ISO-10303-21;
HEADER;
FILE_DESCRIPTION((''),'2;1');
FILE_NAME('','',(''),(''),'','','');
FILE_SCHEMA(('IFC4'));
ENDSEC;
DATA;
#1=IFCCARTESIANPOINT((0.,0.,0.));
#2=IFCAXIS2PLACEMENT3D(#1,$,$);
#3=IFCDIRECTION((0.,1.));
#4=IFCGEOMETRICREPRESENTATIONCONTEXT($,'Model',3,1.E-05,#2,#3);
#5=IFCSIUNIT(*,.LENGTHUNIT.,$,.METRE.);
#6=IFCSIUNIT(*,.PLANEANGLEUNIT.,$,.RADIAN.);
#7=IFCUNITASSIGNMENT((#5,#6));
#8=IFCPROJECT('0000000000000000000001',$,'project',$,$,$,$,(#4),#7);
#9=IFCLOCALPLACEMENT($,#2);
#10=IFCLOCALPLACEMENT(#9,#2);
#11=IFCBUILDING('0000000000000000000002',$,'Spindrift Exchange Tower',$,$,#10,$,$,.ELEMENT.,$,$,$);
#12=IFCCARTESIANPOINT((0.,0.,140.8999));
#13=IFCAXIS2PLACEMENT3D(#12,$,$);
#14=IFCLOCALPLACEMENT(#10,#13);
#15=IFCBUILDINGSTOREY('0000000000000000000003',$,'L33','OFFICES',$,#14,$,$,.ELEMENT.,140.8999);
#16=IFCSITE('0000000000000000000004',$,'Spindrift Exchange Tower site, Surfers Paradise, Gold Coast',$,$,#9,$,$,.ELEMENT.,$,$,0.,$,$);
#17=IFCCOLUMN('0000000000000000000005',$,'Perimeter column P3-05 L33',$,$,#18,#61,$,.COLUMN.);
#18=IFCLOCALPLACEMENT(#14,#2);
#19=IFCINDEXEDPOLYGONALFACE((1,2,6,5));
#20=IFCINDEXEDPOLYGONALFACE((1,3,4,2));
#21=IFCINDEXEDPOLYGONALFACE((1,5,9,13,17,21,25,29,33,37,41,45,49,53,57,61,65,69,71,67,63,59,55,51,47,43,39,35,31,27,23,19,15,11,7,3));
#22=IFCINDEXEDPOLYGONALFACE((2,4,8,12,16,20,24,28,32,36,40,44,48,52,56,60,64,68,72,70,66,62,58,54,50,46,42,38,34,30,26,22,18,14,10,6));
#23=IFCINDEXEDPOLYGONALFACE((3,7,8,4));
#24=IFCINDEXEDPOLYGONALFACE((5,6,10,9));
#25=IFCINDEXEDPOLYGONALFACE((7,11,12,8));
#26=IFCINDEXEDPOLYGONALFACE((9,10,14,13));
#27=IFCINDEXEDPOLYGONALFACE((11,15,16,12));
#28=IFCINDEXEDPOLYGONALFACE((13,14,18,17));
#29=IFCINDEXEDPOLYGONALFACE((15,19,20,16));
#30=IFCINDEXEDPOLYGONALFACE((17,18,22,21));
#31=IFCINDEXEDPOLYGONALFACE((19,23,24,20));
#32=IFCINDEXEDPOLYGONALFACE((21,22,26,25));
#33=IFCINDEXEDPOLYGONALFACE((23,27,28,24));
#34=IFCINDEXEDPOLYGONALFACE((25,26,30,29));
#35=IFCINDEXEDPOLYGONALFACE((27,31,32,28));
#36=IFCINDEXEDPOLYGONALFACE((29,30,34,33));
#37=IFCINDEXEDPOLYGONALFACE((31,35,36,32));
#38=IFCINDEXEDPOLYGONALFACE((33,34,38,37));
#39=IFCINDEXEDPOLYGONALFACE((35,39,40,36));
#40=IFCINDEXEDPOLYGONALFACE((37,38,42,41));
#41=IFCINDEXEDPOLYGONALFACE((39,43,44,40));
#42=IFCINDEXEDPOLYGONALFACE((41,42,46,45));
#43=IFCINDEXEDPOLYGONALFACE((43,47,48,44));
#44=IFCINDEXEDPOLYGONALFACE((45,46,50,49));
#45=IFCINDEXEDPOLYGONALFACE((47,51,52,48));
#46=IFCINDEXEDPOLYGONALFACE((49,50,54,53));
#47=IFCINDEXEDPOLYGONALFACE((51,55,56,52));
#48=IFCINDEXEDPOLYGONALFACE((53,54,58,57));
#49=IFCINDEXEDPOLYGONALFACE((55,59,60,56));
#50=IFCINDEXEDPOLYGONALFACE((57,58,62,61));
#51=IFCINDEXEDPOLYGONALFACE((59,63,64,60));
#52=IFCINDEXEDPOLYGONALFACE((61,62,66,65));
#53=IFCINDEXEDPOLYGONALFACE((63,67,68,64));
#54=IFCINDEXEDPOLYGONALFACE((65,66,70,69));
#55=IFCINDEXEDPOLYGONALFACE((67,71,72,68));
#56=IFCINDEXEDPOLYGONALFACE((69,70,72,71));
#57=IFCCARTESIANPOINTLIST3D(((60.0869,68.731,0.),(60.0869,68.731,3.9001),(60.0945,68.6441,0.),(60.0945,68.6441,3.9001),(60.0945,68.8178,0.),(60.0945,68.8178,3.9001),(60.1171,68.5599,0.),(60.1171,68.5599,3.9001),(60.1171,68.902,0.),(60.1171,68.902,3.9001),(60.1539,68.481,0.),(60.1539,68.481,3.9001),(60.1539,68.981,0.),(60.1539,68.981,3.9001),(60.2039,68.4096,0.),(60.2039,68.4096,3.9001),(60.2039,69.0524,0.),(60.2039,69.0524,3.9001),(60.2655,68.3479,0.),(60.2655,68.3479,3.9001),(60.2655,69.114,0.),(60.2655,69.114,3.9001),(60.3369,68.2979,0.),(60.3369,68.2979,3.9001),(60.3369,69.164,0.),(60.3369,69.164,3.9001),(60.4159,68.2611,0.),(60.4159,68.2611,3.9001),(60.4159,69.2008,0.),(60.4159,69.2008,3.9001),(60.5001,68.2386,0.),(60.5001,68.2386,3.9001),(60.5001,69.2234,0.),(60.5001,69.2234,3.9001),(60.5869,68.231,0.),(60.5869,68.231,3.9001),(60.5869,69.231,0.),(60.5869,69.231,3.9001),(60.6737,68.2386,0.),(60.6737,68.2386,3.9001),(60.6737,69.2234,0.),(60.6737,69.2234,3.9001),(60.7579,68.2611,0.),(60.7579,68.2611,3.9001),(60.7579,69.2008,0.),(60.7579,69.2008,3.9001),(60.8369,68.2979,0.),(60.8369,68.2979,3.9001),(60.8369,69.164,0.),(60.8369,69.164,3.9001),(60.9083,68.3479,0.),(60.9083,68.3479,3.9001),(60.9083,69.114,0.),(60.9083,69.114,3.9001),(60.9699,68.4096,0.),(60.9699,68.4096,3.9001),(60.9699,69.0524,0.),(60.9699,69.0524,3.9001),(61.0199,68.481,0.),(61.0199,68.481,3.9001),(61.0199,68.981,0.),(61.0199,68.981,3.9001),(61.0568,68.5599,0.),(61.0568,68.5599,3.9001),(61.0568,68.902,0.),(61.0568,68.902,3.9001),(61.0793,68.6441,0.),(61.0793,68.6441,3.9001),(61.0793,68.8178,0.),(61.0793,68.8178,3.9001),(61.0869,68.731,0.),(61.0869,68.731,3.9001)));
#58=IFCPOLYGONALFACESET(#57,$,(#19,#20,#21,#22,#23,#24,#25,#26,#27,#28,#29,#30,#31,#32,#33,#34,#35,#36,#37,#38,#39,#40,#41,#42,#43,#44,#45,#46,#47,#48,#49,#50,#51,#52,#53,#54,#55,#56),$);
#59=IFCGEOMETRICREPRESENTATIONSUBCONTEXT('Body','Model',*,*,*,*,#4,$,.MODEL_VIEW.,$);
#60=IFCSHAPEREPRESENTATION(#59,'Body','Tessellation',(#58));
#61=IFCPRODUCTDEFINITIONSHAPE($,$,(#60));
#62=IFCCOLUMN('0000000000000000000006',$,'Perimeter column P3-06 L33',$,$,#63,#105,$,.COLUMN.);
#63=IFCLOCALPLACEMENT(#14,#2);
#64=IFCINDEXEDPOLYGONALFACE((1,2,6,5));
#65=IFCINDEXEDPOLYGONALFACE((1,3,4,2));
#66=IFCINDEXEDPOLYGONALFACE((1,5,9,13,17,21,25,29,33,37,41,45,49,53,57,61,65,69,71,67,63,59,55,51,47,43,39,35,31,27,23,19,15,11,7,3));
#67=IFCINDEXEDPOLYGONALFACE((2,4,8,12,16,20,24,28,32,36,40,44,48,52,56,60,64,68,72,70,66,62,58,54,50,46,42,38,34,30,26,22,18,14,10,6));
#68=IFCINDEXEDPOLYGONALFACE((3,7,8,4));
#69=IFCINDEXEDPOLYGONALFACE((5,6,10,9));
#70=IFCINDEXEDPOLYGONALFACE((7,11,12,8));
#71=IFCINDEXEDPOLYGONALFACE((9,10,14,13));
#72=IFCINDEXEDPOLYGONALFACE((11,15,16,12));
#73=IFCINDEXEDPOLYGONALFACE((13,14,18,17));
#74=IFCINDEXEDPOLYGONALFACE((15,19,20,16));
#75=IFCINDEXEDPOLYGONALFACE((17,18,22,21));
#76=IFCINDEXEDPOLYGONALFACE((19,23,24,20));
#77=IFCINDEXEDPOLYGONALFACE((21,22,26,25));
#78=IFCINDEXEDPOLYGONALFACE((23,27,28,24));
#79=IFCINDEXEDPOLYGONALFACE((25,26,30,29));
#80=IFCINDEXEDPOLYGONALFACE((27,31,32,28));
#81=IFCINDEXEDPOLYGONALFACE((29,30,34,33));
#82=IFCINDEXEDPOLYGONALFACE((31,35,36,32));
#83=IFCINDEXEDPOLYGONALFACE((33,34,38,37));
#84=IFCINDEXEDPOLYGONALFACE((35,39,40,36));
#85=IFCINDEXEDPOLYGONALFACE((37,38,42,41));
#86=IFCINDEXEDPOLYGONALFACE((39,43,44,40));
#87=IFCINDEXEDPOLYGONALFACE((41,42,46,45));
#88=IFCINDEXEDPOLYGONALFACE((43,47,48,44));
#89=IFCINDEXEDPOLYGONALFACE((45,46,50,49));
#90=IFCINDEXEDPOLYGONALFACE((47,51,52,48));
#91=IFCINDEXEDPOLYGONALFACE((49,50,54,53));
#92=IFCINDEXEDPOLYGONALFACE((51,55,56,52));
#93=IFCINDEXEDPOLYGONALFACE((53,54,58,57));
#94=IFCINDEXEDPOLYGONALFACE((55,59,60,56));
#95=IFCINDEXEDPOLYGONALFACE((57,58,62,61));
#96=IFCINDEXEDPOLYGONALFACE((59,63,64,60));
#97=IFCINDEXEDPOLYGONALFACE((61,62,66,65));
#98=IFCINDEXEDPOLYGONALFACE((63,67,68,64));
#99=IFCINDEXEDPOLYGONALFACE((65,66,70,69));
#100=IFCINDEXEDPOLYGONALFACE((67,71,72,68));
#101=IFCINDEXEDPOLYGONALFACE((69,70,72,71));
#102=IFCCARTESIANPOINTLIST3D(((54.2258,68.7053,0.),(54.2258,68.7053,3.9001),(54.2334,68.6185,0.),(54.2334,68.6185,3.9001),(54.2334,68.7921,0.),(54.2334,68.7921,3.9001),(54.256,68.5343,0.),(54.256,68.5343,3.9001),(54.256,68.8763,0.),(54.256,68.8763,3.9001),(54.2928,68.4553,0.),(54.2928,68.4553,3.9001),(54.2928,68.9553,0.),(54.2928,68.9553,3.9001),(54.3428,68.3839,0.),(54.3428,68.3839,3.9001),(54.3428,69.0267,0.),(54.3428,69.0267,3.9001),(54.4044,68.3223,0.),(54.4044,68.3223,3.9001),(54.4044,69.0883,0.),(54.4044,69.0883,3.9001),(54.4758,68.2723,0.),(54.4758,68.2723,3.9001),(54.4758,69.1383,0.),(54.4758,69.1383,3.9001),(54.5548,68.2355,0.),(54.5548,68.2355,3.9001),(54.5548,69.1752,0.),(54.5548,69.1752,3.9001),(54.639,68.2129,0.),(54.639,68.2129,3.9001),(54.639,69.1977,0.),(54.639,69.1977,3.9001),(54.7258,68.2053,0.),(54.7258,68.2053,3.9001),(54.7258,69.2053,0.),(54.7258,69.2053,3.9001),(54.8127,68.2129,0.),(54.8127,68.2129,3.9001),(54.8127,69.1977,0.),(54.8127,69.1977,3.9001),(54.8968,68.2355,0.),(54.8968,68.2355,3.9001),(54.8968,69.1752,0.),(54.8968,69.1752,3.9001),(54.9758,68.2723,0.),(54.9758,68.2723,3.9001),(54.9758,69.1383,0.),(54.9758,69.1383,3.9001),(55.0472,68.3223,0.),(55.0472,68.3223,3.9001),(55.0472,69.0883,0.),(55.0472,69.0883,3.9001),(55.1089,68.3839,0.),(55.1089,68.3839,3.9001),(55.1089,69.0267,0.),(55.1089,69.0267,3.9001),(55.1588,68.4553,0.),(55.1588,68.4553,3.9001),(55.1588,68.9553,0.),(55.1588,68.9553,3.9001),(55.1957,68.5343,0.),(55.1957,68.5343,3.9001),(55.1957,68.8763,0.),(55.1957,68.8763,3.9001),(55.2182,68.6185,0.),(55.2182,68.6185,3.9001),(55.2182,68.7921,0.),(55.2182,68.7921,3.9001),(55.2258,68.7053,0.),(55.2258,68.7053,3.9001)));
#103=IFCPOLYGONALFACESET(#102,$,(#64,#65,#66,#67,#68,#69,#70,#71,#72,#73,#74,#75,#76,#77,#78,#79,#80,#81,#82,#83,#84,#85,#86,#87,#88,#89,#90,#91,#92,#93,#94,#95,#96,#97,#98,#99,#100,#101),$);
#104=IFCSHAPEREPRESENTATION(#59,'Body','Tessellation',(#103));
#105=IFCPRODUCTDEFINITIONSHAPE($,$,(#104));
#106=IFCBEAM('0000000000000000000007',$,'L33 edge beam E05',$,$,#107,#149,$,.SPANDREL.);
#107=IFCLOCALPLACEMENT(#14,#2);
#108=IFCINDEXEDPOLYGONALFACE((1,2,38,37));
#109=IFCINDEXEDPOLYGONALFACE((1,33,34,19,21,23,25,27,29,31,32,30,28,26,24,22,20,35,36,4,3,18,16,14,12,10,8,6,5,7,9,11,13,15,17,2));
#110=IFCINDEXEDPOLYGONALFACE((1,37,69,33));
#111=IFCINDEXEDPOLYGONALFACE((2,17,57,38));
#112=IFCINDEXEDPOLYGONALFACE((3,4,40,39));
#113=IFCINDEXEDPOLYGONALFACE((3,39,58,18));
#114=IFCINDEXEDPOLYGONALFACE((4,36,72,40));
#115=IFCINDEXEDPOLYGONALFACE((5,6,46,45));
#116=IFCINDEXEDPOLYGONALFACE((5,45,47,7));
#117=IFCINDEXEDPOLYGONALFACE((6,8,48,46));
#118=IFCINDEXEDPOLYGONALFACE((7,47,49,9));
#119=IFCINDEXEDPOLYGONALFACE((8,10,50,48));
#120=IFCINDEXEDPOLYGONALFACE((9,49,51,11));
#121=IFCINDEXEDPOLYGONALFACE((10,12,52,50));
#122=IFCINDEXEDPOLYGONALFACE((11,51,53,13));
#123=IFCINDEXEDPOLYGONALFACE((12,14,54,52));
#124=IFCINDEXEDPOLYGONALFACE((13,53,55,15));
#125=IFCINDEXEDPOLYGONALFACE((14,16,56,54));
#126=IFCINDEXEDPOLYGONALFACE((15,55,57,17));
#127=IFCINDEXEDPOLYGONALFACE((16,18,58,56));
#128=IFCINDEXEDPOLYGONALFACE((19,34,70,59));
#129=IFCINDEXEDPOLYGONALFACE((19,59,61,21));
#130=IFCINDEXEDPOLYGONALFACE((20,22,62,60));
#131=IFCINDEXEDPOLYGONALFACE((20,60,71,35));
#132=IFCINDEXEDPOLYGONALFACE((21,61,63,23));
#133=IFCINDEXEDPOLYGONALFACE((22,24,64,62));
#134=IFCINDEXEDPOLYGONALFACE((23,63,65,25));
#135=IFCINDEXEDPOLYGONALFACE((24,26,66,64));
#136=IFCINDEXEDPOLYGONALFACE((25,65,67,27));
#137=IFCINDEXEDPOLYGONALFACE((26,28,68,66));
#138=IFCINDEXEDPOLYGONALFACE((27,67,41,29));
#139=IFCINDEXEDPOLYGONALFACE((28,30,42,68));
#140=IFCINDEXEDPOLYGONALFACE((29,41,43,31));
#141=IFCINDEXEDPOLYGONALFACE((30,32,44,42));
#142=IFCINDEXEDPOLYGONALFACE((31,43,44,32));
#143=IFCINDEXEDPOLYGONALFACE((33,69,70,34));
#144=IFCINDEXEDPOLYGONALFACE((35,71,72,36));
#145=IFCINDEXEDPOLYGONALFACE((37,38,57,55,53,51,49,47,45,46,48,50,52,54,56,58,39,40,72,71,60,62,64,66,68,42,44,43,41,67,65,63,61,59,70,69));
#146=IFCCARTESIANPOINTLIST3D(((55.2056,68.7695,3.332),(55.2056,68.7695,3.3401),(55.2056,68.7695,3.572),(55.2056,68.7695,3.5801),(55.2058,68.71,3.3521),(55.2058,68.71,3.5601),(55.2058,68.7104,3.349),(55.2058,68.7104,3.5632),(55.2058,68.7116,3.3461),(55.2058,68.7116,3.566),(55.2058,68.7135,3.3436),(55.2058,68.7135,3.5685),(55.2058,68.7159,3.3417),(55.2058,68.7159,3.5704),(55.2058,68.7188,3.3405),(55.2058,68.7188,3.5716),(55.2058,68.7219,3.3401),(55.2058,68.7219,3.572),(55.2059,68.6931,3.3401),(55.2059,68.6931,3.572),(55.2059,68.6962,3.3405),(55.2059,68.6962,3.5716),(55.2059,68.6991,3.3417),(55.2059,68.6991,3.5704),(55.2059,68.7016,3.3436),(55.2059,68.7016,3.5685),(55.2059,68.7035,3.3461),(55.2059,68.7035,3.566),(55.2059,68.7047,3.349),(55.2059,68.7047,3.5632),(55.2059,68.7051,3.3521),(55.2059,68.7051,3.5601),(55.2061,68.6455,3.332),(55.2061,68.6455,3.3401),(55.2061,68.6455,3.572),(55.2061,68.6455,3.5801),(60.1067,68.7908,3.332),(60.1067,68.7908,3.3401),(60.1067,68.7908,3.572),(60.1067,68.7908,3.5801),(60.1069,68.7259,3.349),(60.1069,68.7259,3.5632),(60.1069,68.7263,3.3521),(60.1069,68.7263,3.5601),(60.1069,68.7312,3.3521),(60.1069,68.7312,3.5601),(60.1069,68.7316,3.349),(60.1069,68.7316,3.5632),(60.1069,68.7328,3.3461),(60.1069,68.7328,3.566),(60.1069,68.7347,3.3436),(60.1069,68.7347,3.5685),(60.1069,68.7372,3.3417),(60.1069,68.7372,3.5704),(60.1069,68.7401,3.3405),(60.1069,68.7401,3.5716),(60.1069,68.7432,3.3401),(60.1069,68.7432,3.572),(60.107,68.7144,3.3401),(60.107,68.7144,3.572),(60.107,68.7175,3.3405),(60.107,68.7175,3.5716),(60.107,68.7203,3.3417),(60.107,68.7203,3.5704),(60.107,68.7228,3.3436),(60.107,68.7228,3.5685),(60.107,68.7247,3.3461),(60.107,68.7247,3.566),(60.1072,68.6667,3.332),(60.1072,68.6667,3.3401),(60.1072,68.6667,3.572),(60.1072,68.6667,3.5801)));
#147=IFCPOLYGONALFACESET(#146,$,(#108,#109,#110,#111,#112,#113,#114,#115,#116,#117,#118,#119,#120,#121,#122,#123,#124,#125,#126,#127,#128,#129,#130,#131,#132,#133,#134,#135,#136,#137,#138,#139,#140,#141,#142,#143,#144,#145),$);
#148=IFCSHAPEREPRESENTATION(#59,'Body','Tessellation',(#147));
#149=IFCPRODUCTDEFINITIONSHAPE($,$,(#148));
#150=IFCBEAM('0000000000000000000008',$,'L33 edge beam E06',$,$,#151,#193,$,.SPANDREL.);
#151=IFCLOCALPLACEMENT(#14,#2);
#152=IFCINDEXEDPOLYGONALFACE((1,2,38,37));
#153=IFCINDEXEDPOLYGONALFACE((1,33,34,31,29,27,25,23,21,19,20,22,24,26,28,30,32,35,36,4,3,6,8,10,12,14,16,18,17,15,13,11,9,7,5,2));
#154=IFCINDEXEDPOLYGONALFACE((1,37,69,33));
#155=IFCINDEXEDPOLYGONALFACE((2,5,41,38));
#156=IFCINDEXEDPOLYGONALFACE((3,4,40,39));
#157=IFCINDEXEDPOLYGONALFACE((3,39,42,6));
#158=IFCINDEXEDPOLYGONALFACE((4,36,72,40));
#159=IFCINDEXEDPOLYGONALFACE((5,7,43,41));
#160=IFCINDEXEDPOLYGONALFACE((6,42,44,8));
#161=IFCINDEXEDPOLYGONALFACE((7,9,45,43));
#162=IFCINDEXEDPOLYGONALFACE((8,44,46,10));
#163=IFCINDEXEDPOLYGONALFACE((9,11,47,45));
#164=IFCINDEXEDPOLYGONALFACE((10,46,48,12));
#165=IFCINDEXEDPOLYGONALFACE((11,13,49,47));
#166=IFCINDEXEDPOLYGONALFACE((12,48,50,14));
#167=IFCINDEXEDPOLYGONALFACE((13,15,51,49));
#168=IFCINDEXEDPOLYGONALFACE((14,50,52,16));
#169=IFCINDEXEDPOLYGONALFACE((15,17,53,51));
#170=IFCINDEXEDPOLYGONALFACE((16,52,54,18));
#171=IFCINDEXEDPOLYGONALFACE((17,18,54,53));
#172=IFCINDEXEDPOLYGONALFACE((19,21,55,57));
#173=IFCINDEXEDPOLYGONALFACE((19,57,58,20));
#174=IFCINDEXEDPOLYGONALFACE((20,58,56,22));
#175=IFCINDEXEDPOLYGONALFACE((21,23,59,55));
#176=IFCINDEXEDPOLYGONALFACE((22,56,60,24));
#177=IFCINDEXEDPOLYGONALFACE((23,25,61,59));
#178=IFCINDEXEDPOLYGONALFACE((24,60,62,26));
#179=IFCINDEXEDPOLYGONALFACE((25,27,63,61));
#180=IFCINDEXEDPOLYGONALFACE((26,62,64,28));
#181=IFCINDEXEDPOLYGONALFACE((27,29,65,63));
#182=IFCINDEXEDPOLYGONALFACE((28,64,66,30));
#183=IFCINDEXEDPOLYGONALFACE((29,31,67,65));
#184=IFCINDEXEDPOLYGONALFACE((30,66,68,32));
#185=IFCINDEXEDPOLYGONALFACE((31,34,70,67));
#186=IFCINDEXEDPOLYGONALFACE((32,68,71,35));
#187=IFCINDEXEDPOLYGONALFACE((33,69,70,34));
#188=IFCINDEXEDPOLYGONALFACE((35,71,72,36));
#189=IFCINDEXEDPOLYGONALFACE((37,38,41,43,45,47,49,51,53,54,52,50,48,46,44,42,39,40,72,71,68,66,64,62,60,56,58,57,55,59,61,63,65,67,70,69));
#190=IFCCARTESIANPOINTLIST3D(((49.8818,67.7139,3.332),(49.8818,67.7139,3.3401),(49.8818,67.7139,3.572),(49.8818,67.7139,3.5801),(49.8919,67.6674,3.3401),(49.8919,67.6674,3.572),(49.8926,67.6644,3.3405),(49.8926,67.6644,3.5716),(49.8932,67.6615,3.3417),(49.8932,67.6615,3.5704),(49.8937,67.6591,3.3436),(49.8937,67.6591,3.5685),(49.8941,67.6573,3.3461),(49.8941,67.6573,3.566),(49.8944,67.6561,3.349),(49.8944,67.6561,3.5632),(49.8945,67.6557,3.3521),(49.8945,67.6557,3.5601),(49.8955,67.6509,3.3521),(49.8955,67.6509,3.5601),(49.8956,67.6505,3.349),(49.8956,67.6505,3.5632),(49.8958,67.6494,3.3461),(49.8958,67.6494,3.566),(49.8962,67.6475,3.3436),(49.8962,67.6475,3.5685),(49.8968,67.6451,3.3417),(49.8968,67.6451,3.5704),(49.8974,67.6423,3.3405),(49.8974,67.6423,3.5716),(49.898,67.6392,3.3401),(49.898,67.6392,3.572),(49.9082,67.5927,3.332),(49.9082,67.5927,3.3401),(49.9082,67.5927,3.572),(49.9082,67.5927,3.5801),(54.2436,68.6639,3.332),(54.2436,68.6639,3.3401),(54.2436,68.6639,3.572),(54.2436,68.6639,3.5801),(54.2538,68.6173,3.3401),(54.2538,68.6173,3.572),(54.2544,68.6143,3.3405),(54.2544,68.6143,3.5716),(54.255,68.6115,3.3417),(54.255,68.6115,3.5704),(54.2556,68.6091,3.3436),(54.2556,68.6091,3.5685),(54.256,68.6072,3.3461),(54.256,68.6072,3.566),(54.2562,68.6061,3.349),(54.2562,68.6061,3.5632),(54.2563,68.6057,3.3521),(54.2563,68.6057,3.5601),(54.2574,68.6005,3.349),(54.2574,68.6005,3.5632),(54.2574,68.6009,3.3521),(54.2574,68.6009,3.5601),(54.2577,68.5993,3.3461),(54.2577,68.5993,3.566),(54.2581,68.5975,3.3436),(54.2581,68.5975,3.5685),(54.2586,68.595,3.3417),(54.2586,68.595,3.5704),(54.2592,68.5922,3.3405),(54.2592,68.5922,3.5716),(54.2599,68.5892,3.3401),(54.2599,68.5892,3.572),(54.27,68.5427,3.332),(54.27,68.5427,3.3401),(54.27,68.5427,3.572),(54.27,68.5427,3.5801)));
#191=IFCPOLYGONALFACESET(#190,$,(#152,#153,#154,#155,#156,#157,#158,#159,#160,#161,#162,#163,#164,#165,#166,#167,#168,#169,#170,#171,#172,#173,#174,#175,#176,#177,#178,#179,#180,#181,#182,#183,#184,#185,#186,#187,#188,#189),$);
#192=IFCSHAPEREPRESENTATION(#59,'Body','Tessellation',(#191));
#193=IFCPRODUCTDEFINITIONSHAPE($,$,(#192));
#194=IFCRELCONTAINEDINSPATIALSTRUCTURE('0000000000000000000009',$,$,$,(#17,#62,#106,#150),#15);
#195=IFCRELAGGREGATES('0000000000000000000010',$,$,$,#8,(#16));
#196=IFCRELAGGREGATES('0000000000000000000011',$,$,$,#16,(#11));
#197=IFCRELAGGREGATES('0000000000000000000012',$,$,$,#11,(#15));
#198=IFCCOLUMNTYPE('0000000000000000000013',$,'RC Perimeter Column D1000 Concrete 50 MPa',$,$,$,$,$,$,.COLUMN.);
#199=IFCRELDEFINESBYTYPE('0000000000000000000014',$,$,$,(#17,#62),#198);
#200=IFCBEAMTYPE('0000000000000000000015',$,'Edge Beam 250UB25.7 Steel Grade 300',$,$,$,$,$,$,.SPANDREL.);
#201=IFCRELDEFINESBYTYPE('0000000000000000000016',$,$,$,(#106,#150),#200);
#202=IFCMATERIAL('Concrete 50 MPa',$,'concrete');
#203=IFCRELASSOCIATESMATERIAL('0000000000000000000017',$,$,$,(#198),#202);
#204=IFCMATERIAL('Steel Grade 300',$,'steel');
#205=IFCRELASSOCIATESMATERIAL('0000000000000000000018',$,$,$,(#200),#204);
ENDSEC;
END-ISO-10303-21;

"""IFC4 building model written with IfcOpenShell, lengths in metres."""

from ifc_helpers import new_model, si_unit, direction, frame, origin, origin_2d, place, context, subcontext, project, spatial, circle, i_section, extrude, source, transform, mapped, material, material_profile, profile_set, type_object, element, save


model = new_model("IFC4")

# Units and contexts
model_context = context("Model", 3, precision=1e-05, world=origin(), true_north=direction((0.0, 1.0)))
body_context = subcontext(model_context, "Body", "Model", "MODEL_VIEW")
ifc_project = project(units=[si_unit("LENGTHUNIT", "METRE"), si_unit("PLANEANGLEUNIT", "RADIAN")], contexts=[model_context])

# Site, building, storey
site_placement = place(None, origin())
site = spatial("IfcSite", under=ifc_project, at=site_placement, Name="Spindrift Exchange Tower site, Surfers Paradise, Gold Coast", CompositionType="ELEMENT", RefElevation=0.0)
building_placement = place(site_placement, origin())
building = spatial("IfcBuilding", under=site, at=building_placement, Name="Spindrift Exchange Tower", CompositionType="ELEMENT")
storey_placement = place(building_placement, frame((0.0, 0.0, 140.8999)))
storey = spatial("IfcBuildingStorey", under=building, at=storey_placement, Name="L33", Description="OFFICES", CompositionType="ELEMENT", Elevation=140.8999)

# Columns
ifc_material_1 = material(Name="Concrete 50 MPa", Category="concrete")
ifc_material_profile_1 = material_profile(ifc_material_1, circle(Radius=0.5, at=origin_2d()), Name="RC D1000")
ifc_profile_set_1 = profile_set([ifc_material_profile_1], Name="Concrete 50 MPa")
column_type = type_object("IfcColumnType", Name="RC Perimeter Column D1000 Concrete 50 MPa", PredefinedType="COLUMN", material=ifc_profile_set_1)
shared_shape_1 = source(origin(), body_context, "Body", "SweptSolid", [
    extrude(circle(Radius=0.5, at=origin_2d()), origin(), (0.0, 0.0, 1.0), 3.9001),
])
for number, where, z_axis, x_axis, name in (
    (1, (60.5869, 68.731, 0.0), (0.0, 0.0, 1.0), (1.0, 0.0, 0.0), "Perimeter column P3-05 L33"),
    (2, (54.7258, 68.7053, 0.0), (0.0, 0.0, 1.0), (1.0, 0.0, 0.0), "Perimeter column P3-06 L33"),
):
    element("IfcColumn", number, at=place(storey_placement, frame(where, z_axis=z_axis, x_axis=x_axis)), inside=storey, type_object=column_type, Name=name, PredefinedType="COLUMN", context=body_context, shape_type="MappedRepresentation", body=[
        mapped(shared_shape_1, transform((0.0, 0.0, 0.0), scale=1.0)),
    ])

# Beams
ifc_material_2 = material(Name="Steel Grade 300", Category="steel")
ifc_material_profile_2 = material_profile(ifc_material_2, i_section(OverallWidth=0.124, OverallDepth=0.248, WebThickness=0.0049, FlangeThickness=0.0081, FilletRadius=0.012, at=origin_2d()), Name="250UB25.7")
ifc_profile_set_2 = profile_set([ifc_material_profile_2], Name="Steel Grade 300")
beam_type_1 = type_object("IfcBeamType", Name="Edge Beam 250UB25.7 Steel Grade 300", PredefinedType="SPANDREL", material=ifc_profile_set_2)
shared_shape_2 = source(origin(), body_context, "Body", "SweptSolid", [
    extrude(i_section(OverallWidth=0.124, OverallDepth=0.248, WebThickness=0.0049, FlangeThickness=0.0081, FilletRadius=0.012, at=origin_2d()), origin(), (0.0, 0.0, 1.0), 4.9011),
])
beam_1_placement = place(storey_placement, frame((60.1069, 68.7288, 3.4561), z_axis=(-0.999991, -0.004334, 0.0), x_axis=(0.004334, -0.999991, 0.0)))
element("IfcBeam", 3, at=beam_1_placement, inside=storey, type_object=beam_type_1, Name="L33 edge beam E05", PredefinedType="SPANDREL", context=body_context, shape_type="MappedRepresentation", body=[
    mapped(shared_shape_2, transform((0.0, 0.0, 0.0), scale=1.0)),
])
shared_shape_3 = source(origin(), body_context, "Body", "SweptSolid", [
    extrude(i_section(OverallWidth=0.124, OverallDepth=0.248, WebThickness=0.0049, FlangeThickness=0.0081, FilletRadius=0.012, at=origin_2d()), origin(), (0.0, 0.0, 1.0), 4.4641),
])
beam_2_placement = place(storey_placement, frame((54.2568, 68.6033, 3.4561), z_axis=(-0.977096, -0.2128, 0.0), x_axis=(0.2128, -0.977096, 0.0)))
element("IfcBeam", 4, at=beam_2_placement, inside=storey, type_object=beam_type_1, Name="L33 edge beam E06", PredefinedType="SPANDREL", context=body_context, shape_type="MappedRepresentation", body=[
    mapped(shared_shape_3, transform((0.0, 0.0, 0.0), scale=1.0)),
])

save(model, "model.ifc")
